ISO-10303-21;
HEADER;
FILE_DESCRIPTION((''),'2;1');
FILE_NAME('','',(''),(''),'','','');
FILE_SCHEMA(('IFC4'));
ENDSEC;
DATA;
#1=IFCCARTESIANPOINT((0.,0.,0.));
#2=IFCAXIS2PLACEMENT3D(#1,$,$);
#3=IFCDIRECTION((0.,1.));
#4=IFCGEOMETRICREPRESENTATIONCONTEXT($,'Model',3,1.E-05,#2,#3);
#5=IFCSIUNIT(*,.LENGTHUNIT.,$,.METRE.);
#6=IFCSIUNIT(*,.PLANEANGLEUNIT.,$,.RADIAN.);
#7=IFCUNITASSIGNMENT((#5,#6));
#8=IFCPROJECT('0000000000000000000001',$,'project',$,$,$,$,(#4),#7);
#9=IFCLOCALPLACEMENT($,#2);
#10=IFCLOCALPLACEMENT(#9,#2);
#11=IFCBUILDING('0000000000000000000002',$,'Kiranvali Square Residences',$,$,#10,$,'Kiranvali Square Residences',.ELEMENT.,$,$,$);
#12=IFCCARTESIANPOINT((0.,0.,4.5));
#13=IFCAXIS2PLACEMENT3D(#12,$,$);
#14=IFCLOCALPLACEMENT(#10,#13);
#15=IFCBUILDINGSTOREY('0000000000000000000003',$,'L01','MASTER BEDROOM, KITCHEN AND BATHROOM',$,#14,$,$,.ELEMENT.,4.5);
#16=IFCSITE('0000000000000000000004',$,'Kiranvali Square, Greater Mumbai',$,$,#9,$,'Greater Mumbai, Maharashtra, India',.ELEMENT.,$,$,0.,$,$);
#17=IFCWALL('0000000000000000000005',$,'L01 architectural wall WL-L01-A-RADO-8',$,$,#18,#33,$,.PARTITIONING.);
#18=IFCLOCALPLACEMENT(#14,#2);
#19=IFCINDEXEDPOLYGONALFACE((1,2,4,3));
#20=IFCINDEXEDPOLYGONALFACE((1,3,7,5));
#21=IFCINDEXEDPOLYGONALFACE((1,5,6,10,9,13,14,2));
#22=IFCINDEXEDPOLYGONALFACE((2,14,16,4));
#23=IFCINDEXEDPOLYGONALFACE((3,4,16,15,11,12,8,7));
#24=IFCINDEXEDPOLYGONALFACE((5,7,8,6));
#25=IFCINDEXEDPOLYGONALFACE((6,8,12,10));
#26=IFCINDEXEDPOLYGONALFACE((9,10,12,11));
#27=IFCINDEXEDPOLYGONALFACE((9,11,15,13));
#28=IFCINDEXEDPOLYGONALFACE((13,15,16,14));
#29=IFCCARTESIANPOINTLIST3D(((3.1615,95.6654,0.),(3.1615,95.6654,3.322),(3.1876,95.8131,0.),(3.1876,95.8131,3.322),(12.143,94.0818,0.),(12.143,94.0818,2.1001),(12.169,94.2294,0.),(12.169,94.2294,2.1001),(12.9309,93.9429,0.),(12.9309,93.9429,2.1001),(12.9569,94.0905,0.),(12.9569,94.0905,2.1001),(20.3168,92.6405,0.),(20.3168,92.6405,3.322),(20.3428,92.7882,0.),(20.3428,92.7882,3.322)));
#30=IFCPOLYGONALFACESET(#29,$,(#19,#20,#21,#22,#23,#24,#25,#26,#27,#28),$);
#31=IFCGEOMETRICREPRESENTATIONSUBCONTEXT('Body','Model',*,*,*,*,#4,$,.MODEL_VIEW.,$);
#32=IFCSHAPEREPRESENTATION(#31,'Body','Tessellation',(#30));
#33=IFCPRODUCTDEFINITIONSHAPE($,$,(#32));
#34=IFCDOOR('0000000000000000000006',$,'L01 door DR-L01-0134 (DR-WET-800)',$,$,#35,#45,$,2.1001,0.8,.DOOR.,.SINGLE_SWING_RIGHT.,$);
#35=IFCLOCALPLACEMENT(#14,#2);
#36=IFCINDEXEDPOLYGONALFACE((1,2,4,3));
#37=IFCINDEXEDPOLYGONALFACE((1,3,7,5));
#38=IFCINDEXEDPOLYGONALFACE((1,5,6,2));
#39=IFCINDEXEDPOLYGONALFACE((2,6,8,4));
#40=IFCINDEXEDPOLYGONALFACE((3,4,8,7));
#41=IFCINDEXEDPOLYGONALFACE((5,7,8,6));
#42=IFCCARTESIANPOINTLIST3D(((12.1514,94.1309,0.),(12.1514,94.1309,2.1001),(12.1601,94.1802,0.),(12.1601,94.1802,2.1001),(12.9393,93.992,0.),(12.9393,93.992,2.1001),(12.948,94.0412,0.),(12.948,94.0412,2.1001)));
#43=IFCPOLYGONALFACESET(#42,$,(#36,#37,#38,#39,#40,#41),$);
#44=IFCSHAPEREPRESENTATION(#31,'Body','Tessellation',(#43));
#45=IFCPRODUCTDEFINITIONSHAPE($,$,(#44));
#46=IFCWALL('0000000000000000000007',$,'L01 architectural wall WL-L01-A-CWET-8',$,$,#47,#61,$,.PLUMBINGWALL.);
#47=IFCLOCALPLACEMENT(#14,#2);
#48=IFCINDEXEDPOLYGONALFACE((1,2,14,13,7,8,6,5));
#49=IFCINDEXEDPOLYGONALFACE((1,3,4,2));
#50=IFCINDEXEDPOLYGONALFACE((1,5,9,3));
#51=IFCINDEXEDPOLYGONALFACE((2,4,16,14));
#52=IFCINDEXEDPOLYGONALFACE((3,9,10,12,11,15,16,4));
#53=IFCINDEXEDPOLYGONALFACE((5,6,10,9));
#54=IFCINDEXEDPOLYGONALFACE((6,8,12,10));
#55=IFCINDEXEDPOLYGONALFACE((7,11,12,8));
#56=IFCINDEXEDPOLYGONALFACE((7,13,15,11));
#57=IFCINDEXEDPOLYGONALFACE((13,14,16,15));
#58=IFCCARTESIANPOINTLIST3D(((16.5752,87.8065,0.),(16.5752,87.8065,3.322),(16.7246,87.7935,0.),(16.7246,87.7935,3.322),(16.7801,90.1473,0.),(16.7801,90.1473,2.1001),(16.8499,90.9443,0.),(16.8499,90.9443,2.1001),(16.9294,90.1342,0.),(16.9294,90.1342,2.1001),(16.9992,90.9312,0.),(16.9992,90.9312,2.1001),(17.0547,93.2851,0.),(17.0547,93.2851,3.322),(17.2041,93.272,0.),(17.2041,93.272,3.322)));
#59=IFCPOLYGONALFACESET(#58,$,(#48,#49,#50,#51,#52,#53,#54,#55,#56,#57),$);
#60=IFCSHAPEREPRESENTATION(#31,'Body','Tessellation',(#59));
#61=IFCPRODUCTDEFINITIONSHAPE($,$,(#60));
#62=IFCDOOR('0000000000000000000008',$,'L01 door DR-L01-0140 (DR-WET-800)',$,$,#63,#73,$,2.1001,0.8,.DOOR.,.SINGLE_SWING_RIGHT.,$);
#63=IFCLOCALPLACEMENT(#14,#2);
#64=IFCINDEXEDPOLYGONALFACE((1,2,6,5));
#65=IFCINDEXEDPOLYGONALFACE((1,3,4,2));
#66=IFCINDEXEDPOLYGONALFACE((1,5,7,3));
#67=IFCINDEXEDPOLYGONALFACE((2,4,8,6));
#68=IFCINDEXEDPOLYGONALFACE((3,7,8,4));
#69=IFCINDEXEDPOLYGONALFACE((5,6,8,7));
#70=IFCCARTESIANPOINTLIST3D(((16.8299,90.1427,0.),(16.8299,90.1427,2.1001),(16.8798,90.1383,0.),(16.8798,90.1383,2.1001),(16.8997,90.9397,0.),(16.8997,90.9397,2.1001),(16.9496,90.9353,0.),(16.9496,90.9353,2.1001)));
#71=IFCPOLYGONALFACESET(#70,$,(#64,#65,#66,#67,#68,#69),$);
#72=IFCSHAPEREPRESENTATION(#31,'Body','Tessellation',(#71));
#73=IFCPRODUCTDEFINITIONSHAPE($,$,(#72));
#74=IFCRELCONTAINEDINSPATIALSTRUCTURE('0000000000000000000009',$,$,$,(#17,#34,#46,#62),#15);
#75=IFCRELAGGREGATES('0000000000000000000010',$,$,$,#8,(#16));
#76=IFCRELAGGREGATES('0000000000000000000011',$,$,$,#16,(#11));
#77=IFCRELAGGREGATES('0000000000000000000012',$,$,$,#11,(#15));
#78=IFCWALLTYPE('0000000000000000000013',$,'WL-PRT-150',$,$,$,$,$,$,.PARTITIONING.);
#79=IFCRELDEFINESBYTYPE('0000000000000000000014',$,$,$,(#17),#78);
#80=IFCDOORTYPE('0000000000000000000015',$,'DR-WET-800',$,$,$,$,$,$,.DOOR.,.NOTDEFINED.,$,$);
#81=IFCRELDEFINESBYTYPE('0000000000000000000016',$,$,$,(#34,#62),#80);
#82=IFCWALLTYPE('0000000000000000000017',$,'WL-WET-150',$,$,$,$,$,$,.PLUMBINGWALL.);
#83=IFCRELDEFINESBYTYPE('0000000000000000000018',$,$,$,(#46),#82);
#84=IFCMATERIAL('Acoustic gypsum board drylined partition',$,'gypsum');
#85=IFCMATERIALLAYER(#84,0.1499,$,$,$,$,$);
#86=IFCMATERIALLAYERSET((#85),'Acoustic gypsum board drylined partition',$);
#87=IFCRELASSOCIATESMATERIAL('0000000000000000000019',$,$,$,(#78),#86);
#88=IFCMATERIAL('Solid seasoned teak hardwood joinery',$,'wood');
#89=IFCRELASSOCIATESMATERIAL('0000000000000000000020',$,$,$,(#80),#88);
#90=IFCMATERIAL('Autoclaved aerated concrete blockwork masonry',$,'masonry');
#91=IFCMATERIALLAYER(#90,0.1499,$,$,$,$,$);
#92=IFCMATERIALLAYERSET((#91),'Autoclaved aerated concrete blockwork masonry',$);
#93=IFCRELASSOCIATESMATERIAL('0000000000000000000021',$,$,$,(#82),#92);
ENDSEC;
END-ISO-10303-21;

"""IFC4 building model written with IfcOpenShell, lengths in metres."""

from ifc_helpers import new_model, si_unit, direction, frame, frame_2d, origin, place, context, subcontext, project, spatial, rectangle, extrude, material, layer, layer_set, type_object, element, fill, save


model = new_model("IFC4")

# Units and contexts
model_context = context("Model", 3, precision=1e-05, world=origin(), true_north=direction((0.0, 1.0)))
body_context = subcontext(model_context, "Body", "Model", "MODEL_VIEW")
ifc_project = project(units=[si_unit("LENGTHUNIT", "METRE"), si_unit("PLANEANGLEUNIT", "RADIAN")], contexts=[model_context])

# Site, building, storey
site_placement = place(None, origin())
site = spatial("IfcSite", under=ifc_project, at=site_placement, Name="Kiranvali Square, Greater Mumbai", LongName="Greater Mumbai, Maharashtra, India", CompositionType="ELEMENT", RefElevation=0.0)
building_placement = place(site_placement, origin())
building = spatial("IfcBuilding", under=site, at=building_placement, Name="Kiranvali Square Residences", LongName="Kiranvali Square Residences", CompositionType="ELEMENT")
storey_placement = place(building_placement, frame((0.0, 0.0, 4.5)))
storey = spatial("IfcBuildingStorey", under=building, at=storey_placement, Name="L01", Description="MASTER BEDROOM, KITCHEN AND BATHROOM", CompositionType="ELEMENT", Elevation=4.5)

# Shared definitions
ifc_material_1 = material(Name="Autoclaved aerated concrete blockwork masonry", Category="masonry")

# Walls, openings, doors
ifc_material_2 = material(Name="Acoustic gypsum board drylined partition", Category="gypsum")
ifc_layer_1 = layer(ifc_material_2, 0.1499)
ifc_layer_set_1 = layer_set([ifc_layer_1], Name="Acoustic gypsum board drylined partition")
wall_type_1 = type_object("IfcWallType", Name="WL-PRT-150", PredefinedType="PARTITIONING", material=ifc_layer_set_1)
wall_1_placement = place(storey_placement, frame((20.3298, 92.7144, 0.0), z_axis=(0.0, 0.0, 1.0), x_axis=(-0.984808, 0.173646, 0.0)))
wall_1 = element("IfcWall", 1, at=wall_1_placement, inside=storey, type_object=wall_type_1, Name="L01 architectural wall WL-L01-A-RADO-8", PredefinedType="PARTITIONING", context=body_context, shape_type="SweptSolid", body=[
    extrude(rectangle(XDim=17.4199, YDim=0.1499, at=frame_2d((8.71, 0.0))), origin(), (0.0, 0.0, 1.0), 3.322),
])
opening_1_placement = place(wall_1_placement, frame((7.5, 0.0, 0.0)))
opening_1 = element("IfcOpeningElement", 2, at=opening_1_placement, cuts=wall_1, PredefinedType="OPENING", context=body_context, shape_type="SweptSolid", body=[
    extrude(rectangle(XDim=0.8, YDim=2.1001, at=frame_2d((0.3999, 1.05))), frame((0.0, 0.085, 0.0), z_axis=(0.0, -1.0, 0.0), x_axis=(1.0, 0.0, 0.0)), (0.0, 0.0, 1.0), 0.1699),
])
ifc_material_3 = material(Name="Solid seasoned teak hardwood joinery", Category="wood")
door_type_1 = type_object("IfcDoorType", Name="DR-WET-800", OperationType="NOTDEFINED", PredefinedType="DOOR", material=ifc_material_3)
door_1_placement = place(opening_1_placement, frame((0.8, 0.0, 0.0), z_axis=(0.0, 0.0, 1.0), x_axis=(-1.0, 0.0, 0.0)))
door_1 = element("IfcDoor", 3, at=door_1_placement, inside=storey, type_object=door_type_1, Name="L01 door DR-L01-0134 (DR-WET-800)", OperationType="SINGLE_SWING_RIGHT", OverallHeight=2.1001, OverallWidth=0.8, PredefinedType="DOOR", context=body_context, shape_type="SweptSolid", body=[
    extrude(rectangle(XDim=0.8, YDim=2.1001, at=frame_2d((0.3999, 1.05))), frame((0.0, 0.0249, 0.0), z_axis=(0.0, -1.0, 0.0), x_axis=(1.0, 0.0, 0.0)), (0.0, 0.0, 1.0), 0.05),
])
fill(opening_1, door_1)
ifc_layer_2 = layer(ifc_material_1, 0.1499)
ifc_layer_set_2 = layer_set([ifc_layer_2], Name="Autoclaved aerated concrete blockwork masonry")
wall_type_2 = type_object("IfcWallType", Name="WL-WET-150", PredefinedType="PLUMBINGWALL", material=ifc_layer_set_2)
wall_2_placement = place(storey_placement, frame((17.1294, 93.2786, 0.0), z_axis=(0.0, 0.0, 1.0), x_axis=(-0.087189, -0.996192, 0.0)))
wall_2 = element("IfcWall", 4, at=wall_2_placement, inside=storey, type_object=wall_type_2, Name="L01 architectural wall WL-L01-A-CWET-8", PredefinedType="PLUMBINGWALL", context=body_context, shape_type="SweptSolid", body=[
    extrude(rectangle(XDim=5.4995, YDim=0.1499, at=frame_2d((2.7498, 0.0))), origin(), (0.0, 0.0, 1.0), 3.322),
])
opening_2_placement = place(wall_2_placement, frame((2.3499, 0.0, 0.0)))
opening_2 = element("IfcOpeningElement", 5, at=opening_2_placement, cuts=wall_2, PredefinedType="OPENING", context=body_context, shape_type="SweptSolid", body=[
    extrude(rectangle(XDim=0.8, YDim=2.1001, at=frame_2d((0.3999, 1.05))), frame((0.0, 0.085, 0.0), z_axis=(0.0, -1.0, 0.0), x_axis=(1.0, 0.0, 0.0)), (0.0, 0.0, 1.0), 0.1699),
])
door_2_placement = place(opening_2_placement, frame((0.8, 0.0, 0.0), z_axis=(0.0, 0.0, 1.0), x_axis=(-1.0, 0.0, 0.0)))
door_2 = element("IfcDoor", 6, at=door_2_placement, inside=storey, type_object=door_type_1, Name="L01 door DR-L01-0140 (DR-WET-800)", OperationType="SINGLE_SWING_RIGHT", OverallHeight=2.1001, OverallWidth=0.8, PredefinedType="DOOR", context=body_context, shape_type="SweptSolid", body=[
    extrude(rectangle(XDim=0.8, YDim=2.1001, at=frame_2d((0.3999, 1.05))), frame((0.0, 0.0249, 0.0), z_axis=(0.0, -1.0, 0.0), x_axis=(1.0, 0.0, 0.0)), (0.0, 0.0, 1.0), 0.05),
])
fill(opening_2, door_2)

save(model, "model.ifc")
